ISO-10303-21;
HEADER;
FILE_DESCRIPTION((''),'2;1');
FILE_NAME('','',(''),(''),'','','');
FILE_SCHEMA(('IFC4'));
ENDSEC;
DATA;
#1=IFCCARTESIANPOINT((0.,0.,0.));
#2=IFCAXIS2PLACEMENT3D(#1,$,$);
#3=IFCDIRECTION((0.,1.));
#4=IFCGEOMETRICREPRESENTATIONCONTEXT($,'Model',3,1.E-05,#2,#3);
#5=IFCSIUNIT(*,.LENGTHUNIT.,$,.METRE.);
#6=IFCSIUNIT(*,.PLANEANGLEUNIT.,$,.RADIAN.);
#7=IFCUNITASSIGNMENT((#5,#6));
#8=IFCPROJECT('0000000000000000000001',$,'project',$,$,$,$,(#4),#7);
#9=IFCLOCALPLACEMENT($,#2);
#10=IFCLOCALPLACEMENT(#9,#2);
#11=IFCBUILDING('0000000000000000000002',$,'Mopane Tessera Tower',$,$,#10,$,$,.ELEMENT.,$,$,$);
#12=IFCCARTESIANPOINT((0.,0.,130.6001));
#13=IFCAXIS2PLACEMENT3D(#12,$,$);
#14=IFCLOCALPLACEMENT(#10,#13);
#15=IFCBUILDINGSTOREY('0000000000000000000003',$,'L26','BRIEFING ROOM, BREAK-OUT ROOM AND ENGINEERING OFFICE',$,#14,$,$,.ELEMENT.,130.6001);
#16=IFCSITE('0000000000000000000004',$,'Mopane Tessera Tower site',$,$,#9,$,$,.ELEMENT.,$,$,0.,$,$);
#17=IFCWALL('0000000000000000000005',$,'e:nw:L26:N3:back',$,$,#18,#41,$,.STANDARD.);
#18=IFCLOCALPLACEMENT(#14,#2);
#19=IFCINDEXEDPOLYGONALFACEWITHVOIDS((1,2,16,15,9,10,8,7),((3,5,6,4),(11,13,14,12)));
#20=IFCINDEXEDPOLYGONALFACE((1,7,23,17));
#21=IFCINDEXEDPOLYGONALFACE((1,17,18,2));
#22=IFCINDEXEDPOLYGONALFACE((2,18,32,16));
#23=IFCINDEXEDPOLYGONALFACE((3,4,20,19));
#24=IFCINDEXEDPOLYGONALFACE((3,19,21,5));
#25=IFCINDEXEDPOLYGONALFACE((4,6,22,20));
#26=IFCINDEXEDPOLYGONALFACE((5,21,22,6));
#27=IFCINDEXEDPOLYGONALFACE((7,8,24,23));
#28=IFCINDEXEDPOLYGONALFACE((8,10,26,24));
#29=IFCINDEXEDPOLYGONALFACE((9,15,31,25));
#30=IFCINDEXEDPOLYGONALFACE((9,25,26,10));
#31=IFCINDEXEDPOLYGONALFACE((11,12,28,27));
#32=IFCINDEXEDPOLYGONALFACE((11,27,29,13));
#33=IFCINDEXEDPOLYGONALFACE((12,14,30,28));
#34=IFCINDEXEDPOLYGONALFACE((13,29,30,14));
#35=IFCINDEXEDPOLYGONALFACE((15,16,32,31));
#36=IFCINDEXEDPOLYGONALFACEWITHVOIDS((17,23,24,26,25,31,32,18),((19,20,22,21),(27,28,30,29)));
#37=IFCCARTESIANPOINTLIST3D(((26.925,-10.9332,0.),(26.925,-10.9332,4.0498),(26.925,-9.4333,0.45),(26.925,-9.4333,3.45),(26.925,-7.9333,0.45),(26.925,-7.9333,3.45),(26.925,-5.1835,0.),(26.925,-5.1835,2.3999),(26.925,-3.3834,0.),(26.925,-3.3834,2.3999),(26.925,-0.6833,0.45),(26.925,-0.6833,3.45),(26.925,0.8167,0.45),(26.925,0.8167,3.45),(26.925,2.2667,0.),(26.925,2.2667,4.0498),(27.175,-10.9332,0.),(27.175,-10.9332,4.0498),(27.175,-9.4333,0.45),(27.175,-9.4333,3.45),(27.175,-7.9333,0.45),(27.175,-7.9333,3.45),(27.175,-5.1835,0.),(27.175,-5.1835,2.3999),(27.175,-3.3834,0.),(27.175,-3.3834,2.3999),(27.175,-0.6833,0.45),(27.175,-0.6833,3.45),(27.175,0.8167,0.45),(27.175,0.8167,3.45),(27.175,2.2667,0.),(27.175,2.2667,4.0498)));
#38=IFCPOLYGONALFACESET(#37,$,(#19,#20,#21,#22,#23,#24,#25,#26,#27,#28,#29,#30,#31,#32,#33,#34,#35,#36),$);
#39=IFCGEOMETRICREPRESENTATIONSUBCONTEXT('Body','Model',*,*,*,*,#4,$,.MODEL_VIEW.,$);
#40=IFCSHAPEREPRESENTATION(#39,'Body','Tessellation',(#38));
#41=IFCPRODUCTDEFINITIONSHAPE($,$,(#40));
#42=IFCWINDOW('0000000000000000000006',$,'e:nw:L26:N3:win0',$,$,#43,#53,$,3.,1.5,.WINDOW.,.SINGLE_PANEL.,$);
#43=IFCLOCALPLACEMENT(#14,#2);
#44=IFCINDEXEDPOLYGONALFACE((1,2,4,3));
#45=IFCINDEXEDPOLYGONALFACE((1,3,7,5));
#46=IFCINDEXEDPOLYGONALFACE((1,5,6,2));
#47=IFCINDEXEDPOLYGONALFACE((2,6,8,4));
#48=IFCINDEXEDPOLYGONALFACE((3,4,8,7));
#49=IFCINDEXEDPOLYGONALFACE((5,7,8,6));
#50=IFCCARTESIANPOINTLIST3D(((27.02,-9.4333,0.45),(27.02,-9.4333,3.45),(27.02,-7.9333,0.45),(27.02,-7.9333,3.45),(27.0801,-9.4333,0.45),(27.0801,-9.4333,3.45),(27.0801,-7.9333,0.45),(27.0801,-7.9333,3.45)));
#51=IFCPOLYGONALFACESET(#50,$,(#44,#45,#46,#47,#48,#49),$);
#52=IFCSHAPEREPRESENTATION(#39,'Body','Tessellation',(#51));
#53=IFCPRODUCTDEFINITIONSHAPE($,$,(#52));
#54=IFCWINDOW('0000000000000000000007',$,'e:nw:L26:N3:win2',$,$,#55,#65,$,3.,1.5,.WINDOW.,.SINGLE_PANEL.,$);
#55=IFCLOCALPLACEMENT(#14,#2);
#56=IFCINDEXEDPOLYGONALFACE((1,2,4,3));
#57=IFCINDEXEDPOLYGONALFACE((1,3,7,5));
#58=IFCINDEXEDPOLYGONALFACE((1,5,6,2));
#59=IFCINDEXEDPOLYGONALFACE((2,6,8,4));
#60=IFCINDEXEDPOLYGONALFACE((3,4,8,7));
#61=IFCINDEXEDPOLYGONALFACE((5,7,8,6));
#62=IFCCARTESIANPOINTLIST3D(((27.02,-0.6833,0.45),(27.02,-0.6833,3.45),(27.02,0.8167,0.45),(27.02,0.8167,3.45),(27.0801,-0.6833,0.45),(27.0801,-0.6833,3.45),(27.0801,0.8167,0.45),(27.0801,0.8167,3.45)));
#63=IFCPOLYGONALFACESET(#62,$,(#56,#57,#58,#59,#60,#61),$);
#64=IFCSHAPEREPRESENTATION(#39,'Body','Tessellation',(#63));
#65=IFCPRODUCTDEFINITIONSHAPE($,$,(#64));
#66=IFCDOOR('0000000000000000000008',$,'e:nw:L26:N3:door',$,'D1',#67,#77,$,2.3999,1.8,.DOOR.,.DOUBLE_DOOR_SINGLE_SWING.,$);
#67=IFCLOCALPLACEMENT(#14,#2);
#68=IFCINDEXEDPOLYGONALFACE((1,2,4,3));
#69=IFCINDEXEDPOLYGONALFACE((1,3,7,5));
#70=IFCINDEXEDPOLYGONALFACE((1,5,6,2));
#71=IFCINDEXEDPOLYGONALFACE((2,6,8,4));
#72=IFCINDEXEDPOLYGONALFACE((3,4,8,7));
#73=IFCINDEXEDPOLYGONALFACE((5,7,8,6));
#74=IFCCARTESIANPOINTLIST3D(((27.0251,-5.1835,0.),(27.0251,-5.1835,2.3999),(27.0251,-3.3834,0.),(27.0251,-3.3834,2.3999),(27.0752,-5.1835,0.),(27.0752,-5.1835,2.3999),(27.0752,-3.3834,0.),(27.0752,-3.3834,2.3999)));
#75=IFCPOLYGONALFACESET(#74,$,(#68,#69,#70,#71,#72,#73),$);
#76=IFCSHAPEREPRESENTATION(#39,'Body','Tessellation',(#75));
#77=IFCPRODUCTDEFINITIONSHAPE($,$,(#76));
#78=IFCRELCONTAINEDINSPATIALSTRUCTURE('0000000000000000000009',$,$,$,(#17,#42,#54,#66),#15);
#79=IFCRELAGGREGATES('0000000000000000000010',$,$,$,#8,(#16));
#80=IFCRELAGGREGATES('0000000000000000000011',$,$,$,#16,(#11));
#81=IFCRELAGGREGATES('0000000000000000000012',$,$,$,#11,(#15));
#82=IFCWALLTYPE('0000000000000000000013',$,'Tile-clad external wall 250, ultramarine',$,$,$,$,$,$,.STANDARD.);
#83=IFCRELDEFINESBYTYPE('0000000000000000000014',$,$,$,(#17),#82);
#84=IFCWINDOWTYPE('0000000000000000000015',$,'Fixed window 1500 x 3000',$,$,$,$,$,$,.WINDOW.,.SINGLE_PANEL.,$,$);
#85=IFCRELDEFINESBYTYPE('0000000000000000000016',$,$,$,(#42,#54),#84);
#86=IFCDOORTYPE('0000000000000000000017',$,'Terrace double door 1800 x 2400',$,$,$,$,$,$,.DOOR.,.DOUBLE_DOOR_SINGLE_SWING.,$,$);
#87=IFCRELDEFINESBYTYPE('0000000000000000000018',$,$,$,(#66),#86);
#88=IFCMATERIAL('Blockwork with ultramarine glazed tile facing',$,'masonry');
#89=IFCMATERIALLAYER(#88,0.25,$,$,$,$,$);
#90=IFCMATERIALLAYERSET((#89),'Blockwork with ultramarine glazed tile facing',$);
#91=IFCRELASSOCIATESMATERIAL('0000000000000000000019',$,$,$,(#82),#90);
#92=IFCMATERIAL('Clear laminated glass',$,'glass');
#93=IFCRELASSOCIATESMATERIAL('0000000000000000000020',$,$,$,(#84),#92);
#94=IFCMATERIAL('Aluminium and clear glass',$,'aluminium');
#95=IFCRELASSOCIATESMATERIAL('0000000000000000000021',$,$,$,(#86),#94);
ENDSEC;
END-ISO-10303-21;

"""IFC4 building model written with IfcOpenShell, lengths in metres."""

from ifc_helpers import new_model, si_unit, direction, frame, frame_2d, origin, place, context, subcontext, project, spatial, rectangle, extrude, material, layer, layer_set, type_object, element, fill, save


model = new_model("IFC4")

# Units and contexts
model_context = context("Model", 3, precision=1e-05, world=origin(), true_north=direction((0.0, 1.0)))
body_context = subcontext(model_context, "Body", "Model", "MODEL_VIEW")
ifc_project = project(units=[si_unit("LENGTHUNIT", "METRE"), si_unit("PLANEANGLEUNIT", "RADIAN")], contexts=[model_context])

# Site, building, storey
site_placement = place(None, origin())
site = spatial("IfcSite", under=ifc_project, at=site_placement, Name="Mopane Tessera Tower site", CompositionType="ELEMENT", RefElevation=0.0)
building_placement = place(site_placement, origin())
building = spatial("IfcBuilding", under=site, at=building_placement, Name="Mopane Tessera Tower", CompositionType="ELEMENT")
storey_placement = place(building_placement, frame((0.0, 0.0, 130.6001)))
storey = spatial("IfcBuildingStorey", under=building, at=storey_placement, Name="L26", Description="BRIEFING ROOM, BREAK-OUT ROOM AND ENGINEERING OFFICE", CompositionType="ELEMENT", Elevation=130.6001)

# Wall, openings, windows, door
ifc_material_1 = material(Name="Blockwork with ultramarine glazed tile facing", Category="masonry")
ifc_layer_1 = layer(ifc_material_1, 0.25)
ifc_layer_set_1 = layer_set([ifc_layer_1], Name="Blockwork with ultramarine glazed tile facing")
wall_type_1 = type_object("IfcWallType", Name="Tile-clad external wall 250, ultramarine", PredefinedType="STANDARD", material=ifc_layer_set_1)
wall_1_placement = place(storey_placement, frame((27.05, -10.9333, 0.0), z_axis=(0.0, 0.0, 1.0), x_axis=(0.0, 1.0, 0.0)))
wall_1 = element("IfcWall", 1, at=wall_1_placement, inside=storey, type_object=wall_type_1, Name="e:nw:L26:N3:back", PredefinedType="STANDARD", context=body_context, shape_type="SweptSolid", body=[
    extrude(rectangle(XDim=13.2, YDim=0.25, at=frame_2d((6.6001, 0.0))), origin(), (0.0, 0.0, 1.0), 4.0498),
])
opening_1_placement = place(wall_1_placement, frame((1.5, 0.0, 0.45)))
opening_1 = element("IfcOpeningElement", 2, at=opening_1_placement, cuts=wall_1, PredefinedType="OPENING", context=body_context, shape_type="SweptSolid", body=[
    extrude(rectangle(XDim=1.5, YDim=3.0, at=frame_2d((0.75, 1.5))), frame((0.0, 0.137, 0.0), z_axis=(0.0, -1.0, 0.0), x_axis=(1.0, 0.0, 0.0)), (0.0, 0.0, 1.0), 0.2739),
])
opening_2_placement = place(wall_1_placement, frame((5.75, 0.0, 0.0)))
opening_2 = element("IfcOpeningElement", 3, at=opening_2_placement, cuts=wall_1, PredefinedType="OPENING", context=body_context, shape_type="SweptSolid", body=[
    extrude(rectangle(XDim=1.8, YDim=2.3999, at=frame_2d((0.8999, 1.2))), frame((0.0, 0.137, 0.0), z_axis=(0.0, -1.0, 0.0), x_axis=(1.0, 0.0, 0.0)), (0.0, 0.0, 1.0), 0.2739),
])
opening_3_placement = place(wall_1_placement, frame((10.25, 0.0, 0.45)))
opening_3 = element("IfcOpeningElement", 4, at=opening_3_placement, cuts=wall_1, PredefinedType="OPENING", context=body_context, shape_type="SweptSolid", body=[
    extrude(rectangle(XDim=1.5, YDim=3.0, at=frame_2d((0.75, 1.5))), frame((0.0, 0.137, 0.0), z_axis=(0.0, -1.0, 0.0), x_axis=(1.0, 0.0, 0.0)), (0.0, 0.0, 1.0), 0.2739),
])
ifc_material_2 = material(Name="Clear laminated glass", Category="glass")
window_type = type_object("IfcWindowType", Name="Fixed window 1500 x 3000", PartitioningType="SINGLE_PANEL", PredefinedType="WINDOW", material=ifc_material_2)
window_1_placement = place(opening_1_placement, origin())
window_1 = element("IfcWindow", 5, at=window_1_placement, inside=storey, type_object=window_type, Name="e:nw:L26:N3:win0", OverallHeight=3.0, OverallWidth=1.5, PartitioningType="SINGLE_PANEL", PredefinedType="WINDOW", context=body_context, shape_type="SweptSolid", body=[
    extrude(rectangle(XDim=1.5, YDim=3.0, at=frame_2d((0.75, 1.5))), frame((0.0, 0.03, 0.0), z_axis=(0.0, -1.0, 0.0), x_axis=(1.0, 0.0, 0.0)), (0.0, 0.0, 1.0), 0.0601),
])
fill(opening_1, window_1)
window_2_placement = place(opening_3_placement, origin())
window_2 = element("IfcWindow", 6, at=window_2_placement, inside=storey, type_object=window_type, Name="e:nw:L26:N3:win2", OverallHeight=3.0, OverallWidth=1.5, PartitioningType="SINGLE_PANEL", PredefinedType="WINDOW", context=body_context, shape_type="SweptSolid", body=[
    extrude(rectangle(XDim=1.5, YDim=3.0, at=frame_2d((0.75, 1.5))), frame((0.0, 0.03, 0.0), z_axis=(0.0, -1.0, 0.0), x_axis=(1.0, 0.0, 0.0)), (0.0, 0.0, 1.0), 0.0601),
])
fill(opening_3, window_2)
ifc_material_3 = material(Name="Aluminium and clear glass", Category="aluminium")
door_type_1 = type_object("IfcDoorType", Name="Terrace double door 1800 x 2400", OperationType="DOUBLE_DOOR_SINGLE_SWING", PredefinedType="DOOR", material=ifc_material_3)
door_1_placement = place(opening_2_placement, origin())
door_1 = element("IfcDoor", 7, at=door_1_placement, inside=storey, type_object=door_type_1, Name="e:nw:L26:N3:door", ObjectType="D1", OperationType="DOUBLE_DOOR_SINGLE_SWING", OverallHeight=2.3999, OverallWidth=1.8, PredefinedType="DOOR", context=body_context, shape_type="SweptSolid", body=[
    extrude(rectangle(XDim=1.8, YDim=2.3999, at=frame_2d((0.8999, 1.2))), frame((0.0, 0.0249, 0.0), z_axis=(0.0, -1.0, 0.0), x_axis=(1.0, 0.0, 0.0)), (0.0, 0.0, 1.0), 0.05),
])
fill(opening_2, door_1)

save(model, "model.ifc")
